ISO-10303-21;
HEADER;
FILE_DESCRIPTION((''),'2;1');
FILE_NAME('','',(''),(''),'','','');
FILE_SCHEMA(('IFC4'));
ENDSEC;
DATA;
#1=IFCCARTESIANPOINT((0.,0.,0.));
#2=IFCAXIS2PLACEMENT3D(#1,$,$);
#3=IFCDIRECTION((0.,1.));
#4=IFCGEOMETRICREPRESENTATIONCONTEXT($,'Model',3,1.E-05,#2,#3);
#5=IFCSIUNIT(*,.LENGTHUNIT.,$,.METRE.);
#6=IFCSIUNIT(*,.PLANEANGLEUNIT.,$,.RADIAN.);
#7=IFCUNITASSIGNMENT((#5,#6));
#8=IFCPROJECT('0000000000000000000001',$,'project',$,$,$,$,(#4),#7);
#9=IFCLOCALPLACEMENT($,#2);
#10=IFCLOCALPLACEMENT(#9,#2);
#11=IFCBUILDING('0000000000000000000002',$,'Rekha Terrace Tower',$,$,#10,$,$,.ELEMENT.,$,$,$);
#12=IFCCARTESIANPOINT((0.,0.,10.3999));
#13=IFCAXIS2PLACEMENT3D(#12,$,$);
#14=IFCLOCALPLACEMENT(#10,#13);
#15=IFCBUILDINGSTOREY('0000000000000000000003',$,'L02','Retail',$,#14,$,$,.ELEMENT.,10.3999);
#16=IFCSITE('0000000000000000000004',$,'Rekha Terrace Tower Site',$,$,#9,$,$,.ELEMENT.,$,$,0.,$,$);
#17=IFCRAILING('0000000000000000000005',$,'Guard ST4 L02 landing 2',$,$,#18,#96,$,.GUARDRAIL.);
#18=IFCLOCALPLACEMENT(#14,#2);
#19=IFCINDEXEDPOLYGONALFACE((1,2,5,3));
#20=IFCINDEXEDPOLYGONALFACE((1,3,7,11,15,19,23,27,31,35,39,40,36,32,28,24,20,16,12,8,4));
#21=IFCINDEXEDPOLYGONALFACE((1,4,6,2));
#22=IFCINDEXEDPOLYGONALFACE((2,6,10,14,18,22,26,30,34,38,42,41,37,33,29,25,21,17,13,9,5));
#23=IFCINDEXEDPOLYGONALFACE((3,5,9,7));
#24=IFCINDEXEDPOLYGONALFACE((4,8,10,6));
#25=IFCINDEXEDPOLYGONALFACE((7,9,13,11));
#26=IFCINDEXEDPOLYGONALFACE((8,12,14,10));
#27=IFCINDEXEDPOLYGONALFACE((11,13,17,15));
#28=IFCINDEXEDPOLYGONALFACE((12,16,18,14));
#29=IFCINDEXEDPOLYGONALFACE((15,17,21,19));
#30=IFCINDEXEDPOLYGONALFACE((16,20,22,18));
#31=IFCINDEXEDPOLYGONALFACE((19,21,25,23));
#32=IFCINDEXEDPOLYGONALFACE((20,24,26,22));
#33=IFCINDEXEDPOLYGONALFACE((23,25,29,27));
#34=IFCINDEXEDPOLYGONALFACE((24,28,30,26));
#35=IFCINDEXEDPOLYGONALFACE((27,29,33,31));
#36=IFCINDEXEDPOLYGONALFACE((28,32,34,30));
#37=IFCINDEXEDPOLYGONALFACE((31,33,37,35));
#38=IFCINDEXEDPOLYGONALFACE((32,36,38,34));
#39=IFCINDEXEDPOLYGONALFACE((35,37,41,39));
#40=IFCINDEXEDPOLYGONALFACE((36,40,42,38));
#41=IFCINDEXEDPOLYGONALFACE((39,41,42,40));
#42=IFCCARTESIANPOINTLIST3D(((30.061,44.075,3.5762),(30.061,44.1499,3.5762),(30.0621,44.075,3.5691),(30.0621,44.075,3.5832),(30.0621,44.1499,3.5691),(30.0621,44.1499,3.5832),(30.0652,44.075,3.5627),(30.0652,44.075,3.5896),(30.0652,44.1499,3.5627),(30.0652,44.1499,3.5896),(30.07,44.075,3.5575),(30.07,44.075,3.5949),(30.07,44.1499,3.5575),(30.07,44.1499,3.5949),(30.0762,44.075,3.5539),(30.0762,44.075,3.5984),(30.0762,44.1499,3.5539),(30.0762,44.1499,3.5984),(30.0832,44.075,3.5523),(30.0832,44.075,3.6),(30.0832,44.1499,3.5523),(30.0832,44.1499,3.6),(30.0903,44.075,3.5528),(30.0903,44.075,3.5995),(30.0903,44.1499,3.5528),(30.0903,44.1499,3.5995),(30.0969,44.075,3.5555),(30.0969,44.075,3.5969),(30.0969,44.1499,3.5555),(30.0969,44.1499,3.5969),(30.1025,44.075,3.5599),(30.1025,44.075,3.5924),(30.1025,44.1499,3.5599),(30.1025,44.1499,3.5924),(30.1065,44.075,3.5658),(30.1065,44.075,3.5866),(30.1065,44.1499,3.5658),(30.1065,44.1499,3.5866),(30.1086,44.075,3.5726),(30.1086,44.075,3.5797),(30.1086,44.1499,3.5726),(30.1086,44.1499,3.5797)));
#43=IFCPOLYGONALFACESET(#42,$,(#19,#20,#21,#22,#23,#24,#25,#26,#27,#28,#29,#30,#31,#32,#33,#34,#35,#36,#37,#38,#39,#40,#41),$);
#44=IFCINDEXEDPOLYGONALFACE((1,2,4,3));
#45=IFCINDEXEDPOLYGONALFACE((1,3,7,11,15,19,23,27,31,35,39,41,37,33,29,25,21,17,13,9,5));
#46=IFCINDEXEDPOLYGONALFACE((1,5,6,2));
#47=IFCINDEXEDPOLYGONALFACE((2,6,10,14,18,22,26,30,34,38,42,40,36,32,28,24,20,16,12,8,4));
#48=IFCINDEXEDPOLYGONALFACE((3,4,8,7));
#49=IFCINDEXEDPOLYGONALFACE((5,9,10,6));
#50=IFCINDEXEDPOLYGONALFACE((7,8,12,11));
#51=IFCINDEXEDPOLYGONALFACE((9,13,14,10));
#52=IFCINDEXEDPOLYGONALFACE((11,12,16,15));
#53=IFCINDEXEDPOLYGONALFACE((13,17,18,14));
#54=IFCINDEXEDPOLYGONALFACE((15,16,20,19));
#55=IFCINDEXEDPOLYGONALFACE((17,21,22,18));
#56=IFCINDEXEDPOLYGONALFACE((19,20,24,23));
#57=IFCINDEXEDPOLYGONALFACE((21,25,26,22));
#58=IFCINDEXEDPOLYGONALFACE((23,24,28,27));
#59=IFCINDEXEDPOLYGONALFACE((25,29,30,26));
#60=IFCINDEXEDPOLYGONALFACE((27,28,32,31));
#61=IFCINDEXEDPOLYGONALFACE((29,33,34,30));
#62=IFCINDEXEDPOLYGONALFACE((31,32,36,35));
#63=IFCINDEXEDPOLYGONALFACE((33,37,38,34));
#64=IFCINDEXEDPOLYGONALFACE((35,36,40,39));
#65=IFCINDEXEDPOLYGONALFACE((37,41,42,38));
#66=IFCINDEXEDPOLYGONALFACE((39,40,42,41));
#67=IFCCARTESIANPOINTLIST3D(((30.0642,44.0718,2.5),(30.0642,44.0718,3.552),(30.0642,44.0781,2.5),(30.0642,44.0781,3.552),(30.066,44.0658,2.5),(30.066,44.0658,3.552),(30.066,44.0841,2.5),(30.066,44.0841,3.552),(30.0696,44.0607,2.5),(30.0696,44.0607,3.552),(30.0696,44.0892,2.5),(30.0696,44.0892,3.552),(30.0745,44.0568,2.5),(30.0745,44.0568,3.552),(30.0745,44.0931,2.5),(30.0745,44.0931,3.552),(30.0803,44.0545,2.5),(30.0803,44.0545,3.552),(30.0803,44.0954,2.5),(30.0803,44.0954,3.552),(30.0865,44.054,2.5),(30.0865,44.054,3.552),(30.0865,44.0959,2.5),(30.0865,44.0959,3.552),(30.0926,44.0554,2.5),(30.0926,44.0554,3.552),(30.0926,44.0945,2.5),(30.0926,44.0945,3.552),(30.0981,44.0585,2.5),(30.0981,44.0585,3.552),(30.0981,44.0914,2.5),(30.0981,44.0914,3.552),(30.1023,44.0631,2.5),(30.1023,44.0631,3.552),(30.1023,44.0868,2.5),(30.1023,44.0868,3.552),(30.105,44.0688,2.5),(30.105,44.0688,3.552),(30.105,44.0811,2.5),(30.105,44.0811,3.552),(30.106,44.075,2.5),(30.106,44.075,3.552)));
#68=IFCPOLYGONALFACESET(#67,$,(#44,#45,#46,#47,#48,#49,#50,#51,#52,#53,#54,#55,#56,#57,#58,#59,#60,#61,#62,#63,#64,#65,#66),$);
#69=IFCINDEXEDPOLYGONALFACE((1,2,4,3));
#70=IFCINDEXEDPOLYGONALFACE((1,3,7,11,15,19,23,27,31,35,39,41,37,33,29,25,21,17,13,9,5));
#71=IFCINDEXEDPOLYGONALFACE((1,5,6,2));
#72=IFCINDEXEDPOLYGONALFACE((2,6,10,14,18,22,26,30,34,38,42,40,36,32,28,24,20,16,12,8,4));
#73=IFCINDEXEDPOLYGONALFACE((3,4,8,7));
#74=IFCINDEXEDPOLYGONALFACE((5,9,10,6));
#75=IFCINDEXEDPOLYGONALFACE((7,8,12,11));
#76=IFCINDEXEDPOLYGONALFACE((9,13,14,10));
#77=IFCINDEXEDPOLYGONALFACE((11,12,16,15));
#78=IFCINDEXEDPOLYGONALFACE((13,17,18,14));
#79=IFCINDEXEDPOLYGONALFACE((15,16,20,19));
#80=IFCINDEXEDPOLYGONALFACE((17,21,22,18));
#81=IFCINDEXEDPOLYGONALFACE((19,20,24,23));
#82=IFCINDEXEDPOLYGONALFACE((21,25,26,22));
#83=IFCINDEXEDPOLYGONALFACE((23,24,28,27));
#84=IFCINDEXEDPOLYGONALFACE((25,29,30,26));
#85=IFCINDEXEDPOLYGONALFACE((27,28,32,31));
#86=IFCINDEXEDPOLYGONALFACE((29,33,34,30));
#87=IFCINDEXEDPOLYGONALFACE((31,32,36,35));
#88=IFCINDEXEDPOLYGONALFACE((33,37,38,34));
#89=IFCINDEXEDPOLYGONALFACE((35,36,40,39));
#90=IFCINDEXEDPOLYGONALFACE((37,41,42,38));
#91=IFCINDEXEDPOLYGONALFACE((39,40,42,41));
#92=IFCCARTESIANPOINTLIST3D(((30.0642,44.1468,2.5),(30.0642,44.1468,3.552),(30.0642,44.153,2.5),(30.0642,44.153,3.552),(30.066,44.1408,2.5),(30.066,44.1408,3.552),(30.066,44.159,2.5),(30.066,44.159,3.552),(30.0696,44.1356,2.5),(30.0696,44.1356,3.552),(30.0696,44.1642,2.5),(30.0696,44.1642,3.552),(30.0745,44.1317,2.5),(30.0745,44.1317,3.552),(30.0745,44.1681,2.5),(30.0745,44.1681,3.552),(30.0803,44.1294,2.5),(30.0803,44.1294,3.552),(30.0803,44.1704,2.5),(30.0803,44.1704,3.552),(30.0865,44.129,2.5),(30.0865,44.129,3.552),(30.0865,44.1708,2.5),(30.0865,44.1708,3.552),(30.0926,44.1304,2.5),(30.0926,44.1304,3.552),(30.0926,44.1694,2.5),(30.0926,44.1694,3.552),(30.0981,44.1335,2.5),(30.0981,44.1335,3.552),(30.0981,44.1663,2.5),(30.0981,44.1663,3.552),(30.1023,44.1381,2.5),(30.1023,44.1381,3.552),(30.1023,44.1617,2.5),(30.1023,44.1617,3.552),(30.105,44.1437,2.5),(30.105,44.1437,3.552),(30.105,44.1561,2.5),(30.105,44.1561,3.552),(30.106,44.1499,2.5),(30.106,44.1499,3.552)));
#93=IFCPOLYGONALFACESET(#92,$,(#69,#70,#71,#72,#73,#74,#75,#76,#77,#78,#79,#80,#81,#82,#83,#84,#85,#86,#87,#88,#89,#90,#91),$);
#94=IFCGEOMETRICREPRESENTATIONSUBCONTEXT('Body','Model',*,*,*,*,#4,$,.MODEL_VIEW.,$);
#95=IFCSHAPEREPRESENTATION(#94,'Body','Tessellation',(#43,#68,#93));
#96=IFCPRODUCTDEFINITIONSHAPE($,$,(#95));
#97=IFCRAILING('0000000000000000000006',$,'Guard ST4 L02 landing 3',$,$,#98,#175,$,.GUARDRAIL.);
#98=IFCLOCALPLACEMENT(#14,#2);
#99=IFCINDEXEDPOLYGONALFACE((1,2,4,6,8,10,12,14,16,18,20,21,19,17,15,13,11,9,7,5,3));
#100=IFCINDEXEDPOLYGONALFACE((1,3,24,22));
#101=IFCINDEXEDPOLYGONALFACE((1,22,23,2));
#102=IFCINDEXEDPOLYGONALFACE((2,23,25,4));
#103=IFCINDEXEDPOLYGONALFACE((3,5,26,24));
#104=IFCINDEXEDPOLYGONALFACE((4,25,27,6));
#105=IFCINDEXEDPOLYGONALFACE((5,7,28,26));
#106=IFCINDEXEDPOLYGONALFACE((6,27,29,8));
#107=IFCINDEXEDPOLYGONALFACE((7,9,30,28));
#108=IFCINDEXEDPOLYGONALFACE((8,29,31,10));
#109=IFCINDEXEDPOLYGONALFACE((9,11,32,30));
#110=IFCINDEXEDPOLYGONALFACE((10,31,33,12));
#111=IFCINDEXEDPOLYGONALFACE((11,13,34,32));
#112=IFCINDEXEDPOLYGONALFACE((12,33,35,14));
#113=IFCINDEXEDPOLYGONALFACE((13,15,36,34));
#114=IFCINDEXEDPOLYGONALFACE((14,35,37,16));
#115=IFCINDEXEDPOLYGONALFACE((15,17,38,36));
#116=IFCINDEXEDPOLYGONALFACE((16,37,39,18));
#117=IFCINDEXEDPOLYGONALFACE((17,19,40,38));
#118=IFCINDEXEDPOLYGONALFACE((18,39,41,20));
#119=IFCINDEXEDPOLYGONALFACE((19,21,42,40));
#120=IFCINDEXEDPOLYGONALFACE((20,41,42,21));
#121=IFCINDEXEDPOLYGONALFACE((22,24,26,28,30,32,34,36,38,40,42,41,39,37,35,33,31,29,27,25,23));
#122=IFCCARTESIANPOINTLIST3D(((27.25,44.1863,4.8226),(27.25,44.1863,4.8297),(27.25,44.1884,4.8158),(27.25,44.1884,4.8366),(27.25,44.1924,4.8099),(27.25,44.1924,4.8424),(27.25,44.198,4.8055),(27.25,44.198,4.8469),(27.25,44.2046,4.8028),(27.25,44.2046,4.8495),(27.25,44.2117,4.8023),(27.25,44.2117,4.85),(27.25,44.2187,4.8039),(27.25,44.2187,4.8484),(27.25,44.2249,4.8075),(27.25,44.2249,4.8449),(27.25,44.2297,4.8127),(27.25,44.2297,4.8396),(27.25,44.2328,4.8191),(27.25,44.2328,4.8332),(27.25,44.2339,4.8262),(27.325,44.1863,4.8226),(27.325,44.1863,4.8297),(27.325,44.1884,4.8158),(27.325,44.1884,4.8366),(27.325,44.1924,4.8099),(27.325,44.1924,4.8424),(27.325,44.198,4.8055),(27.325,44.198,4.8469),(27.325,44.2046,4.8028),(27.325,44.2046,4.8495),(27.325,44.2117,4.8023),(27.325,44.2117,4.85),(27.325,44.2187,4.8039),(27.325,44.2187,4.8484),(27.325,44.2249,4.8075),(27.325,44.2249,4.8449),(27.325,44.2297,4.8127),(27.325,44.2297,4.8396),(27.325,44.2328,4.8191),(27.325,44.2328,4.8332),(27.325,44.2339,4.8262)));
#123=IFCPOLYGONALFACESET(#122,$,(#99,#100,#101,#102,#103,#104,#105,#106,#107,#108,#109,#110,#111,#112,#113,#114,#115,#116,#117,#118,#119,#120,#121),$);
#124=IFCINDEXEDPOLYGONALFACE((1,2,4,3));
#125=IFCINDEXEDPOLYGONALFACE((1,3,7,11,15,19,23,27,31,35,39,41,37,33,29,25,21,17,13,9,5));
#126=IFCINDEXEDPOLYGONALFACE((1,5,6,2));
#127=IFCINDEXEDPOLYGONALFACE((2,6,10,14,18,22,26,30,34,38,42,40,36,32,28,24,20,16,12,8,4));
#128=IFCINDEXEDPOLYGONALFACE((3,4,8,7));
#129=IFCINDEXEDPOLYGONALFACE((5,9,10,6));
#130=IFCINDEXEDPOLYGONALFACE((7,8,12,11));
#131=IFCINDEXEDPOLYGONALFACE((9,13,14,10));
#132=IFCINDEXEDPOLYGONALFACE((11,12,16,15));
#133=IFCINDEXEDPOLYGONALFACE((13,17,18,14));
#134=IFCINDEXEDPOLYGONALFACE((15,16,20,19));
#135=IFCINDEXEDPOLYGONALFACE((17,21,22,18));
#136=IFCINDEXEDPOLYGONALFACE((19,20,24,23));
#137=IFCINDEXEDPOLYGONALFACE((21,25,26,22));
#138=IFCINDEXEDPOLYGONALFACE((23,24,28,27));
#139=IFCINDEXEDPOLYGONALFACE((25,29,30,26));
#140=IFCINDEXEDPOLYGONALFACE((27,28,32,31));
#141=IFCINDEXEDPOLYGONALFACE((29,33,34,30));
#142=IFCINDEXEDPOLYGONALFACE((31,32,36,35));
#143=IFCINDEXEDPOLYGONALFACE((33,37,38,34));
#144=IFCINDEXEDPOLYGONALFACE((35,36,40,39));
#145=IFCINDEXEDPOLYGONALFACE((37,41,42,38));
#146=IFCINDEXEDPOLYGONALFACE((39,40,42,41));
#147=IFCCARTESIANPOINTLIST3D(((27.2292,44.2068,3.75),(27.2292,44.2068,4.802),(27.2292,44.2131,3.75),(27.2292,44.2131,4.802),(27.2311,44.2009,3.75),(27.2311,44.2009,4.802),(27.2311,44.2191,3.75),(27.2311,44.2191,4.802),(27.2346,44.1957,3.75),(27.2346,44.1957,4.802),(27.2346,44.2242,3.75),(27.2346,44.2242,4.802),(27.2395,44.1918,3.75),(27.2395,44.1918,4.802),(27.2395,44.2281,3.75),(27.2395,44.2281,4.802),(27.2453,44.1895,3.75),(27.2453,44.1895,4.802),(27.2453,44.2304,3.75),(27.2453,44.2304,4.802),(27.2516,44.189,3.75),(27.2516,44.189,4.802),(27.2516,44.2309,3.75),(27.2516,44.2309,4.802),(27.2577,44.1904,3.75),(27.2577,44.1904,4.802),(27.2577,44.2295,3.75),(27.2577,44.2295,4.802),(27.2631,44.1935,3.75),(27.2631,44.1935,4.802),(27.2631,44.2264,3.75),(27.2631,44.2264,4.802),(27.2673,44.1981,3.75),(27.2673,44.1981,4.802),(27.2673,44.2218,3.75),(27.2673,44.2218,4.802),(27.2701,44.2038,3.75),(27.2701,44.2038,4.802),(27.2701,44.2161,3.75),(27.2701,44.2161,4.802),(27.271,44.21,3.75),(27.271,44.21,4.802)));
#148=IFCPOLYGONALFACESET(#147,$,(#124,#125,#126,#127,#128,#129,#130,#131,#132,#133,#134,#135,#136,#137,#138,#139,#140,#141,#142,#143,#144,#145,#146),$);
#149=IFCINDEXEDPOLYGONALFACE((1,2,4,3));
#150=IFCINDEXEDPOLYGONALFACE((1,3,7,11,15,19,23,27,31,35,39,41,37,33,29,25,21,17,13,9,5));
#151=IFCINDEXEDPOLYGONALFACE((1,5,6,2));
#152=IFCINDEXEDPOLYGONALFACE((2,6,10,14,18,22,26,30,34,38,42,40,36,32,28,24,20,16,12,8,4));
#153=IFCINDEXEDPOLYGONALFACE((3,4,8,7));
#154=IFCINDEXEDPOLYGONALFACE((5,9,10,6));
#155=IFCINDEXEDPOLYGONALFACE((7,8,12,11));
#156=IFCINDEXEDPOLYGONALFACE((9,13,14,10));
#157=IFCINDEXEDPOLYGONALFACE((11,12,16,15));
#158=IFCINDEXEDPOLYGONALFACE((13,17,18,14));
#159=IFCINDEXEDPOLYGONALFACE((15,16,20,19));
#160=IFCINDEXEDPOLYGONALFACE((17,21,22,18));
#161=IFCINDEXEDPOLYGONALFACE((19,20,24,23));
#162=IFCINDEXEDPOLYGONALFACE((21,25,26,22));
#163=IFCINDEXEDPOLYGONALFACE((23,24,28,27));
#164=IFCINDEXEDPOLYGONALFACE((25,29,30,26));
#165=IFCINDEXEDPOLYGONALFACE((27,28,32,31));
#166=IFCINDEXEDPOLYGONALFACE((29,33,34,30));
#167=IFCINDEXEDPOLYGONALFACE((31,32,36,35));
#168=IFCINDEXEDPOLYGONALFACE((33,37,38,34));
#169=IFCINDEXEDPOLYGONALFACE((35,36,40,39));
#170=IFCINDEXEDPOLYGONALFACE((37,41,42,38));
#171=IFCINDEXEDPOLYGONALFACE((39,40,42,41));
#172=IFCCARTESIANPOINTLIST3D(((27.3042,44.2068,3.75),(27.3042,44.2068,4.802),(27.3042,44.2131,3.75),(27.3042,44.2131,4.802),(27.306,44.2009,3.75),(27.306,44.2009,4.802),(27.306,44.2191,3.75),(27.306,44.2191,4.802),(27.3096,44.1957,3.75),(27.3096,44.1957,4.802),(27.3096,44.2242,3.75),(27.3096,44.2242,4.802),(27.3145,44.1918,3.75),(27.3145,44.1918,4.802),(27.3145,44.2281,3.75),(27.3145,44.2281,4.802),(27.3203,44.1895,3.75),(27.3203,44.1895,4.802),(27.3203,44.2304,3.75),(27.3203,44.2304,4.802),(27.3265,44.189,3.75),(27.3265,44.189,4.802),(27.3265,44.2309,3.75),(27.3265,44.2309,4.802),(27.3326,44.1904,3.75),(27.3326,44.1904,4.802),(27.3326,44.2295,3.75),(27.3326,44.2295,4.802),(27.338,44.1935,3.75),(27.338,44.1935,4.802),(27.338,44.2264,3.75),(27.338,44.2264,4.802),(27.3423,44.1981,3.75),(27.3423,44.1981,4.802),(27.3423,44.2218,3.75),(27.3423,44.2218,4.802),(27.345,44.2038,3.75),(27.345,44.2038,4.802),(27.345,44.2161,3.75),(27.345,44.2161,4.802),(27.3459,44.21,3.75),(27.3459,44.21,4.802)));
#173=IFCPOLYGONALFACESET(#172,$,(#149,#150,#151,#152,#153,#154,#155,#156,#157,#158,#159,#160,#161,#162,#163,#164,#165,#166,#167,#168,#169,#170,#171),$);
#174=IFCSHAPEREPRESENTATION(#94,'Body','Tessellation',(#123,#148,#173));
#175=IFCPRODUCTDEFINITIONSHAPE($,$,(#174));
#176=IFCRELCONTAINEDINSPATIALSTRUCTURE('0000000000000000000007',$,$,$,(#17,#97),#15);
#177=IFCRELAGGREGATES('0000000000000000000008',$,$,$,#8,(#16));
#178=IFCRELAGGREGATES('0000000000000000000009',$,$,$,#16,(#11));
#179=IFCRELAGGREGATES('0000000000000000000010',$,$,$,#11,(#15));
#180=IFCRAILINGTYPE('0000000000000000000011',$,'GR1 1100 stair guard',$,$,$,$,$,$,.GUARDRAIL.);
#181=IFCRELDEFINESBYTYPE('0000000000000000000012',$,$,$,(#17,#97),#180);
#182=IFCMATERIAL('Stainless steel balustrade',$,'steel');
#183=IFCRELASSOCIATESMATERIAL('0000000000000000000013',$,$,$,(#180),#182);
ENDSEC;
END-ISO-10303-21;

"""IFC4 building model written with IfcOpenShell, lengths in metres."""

from ifc_helpers import new_model, si_unit, direction, frame, origin, origin_2d, place, context, subcontext, project, spatial, circle, extrude, material, type_object, element, save


model = new_model("IFC4")

# Units and contexts
model_context = context("Model", 3, precision=1e-05, world=origin(), true_north=direction((0.0, 1.0)))
body_context = subcontext(model_context, "Body", "Model", "MODEL_VIEW")
ifc_project = project(units=[si_unit("LENGTHUNIT", "METRE"), si_unit("PLANEANGLEUNIT", "RADIAN")], contexts=[model_context])

# Site, building, storey
site_placement = place(None, origin())
site = spatial("IfcSite", under=ifc_project, at=site_placement, Name="Rekha Terrace Tower Site", CompositionType="ELEMENT", RefElevation=0.0)
building_placement = place(site_placement, origin())
building = spatial("IfcBuilding", under=site, at=building_placement, Name="Rekha Terrace Tower", CompositionType="ELEMENT")
storey_placement = place(building_placement, frame((0.0, 0.0, 10.3999)))
storey = spatial("IfcBuildingStorey", under=building, at=storey_placement, Name="L02", Description="Retail", CompositionType="ELEMENT", Elevation=10.3999)

# Railings
ifc_material_1 = material(Name="Stainless steel balustrade", Category="steel")
railing_type_1 = type_object("IfcRailingType", Name="GR1 1100 stair guard", PredefinedType="GUARDRAIL", material=ifc_material_1)
railing_1_placement = place(storey_placement, frame((30.085, 44.075, 2.5)))
element("IfcRailing", 1, at=railing_1_placement, inside=storey, type_object=railing_type_1, Name="Guard ST4 L02 landing 2", PredefinedType="GUARDRAIL", context=body_context, shape_type="SweptSolid", body=[
    extrude(circle(Radius=0.0239, at=origin_2d()), frame((0.0, 0.0, 1.0762), z_axis=(0.0, 1.0, 0.0), x_axis=(-1.0, 0.0, 0.0)), (0.0, 0.0, 1.0), 0.075),
    extrude(circle(Radius=0.021, at=origin_2d()), origin(), (0.0, 0.0, 1.0), 1.052),
    extrude(circle(Radius=0.021, at=origin_2d()), frame((0.0, 0.075, 0.0)), (0.0, 0.0, 1.0), 1.052),
])
railing_2_placement = place(storey_placement, frame((27.25, 44.21, 3.75)))
element("IfcRailing", 2, at=railing_2_placement, inside=storey, type_object=railing_type_1, Name="Guard ST4 L02 landing 3", PredefinedType="GUARDRAIL", context=body_context, shape_type="SweptSolid", body=[
    extrude(circle(Radius=0.0239, at=origin_2d()), frame((0.0, 0.0, 1.0762), z_axis=(1.0, 0.0, 0.0), x_axis=(0.0, 1.0, 0.0)), (0.0, 0.0, 1.0), 0.075),
    extrude(circle(Radius=0.021, at=origin_2d()), origin(), (0.0, 0.0, 1.0), 1.052),
    extrude(circle(Radius=0.021, at=origin_2d()), frame((0.075, 0.0, 0.0)), (0.0, 0.0, 1.0), 1.052),
])

save(model, "model.ifc")
